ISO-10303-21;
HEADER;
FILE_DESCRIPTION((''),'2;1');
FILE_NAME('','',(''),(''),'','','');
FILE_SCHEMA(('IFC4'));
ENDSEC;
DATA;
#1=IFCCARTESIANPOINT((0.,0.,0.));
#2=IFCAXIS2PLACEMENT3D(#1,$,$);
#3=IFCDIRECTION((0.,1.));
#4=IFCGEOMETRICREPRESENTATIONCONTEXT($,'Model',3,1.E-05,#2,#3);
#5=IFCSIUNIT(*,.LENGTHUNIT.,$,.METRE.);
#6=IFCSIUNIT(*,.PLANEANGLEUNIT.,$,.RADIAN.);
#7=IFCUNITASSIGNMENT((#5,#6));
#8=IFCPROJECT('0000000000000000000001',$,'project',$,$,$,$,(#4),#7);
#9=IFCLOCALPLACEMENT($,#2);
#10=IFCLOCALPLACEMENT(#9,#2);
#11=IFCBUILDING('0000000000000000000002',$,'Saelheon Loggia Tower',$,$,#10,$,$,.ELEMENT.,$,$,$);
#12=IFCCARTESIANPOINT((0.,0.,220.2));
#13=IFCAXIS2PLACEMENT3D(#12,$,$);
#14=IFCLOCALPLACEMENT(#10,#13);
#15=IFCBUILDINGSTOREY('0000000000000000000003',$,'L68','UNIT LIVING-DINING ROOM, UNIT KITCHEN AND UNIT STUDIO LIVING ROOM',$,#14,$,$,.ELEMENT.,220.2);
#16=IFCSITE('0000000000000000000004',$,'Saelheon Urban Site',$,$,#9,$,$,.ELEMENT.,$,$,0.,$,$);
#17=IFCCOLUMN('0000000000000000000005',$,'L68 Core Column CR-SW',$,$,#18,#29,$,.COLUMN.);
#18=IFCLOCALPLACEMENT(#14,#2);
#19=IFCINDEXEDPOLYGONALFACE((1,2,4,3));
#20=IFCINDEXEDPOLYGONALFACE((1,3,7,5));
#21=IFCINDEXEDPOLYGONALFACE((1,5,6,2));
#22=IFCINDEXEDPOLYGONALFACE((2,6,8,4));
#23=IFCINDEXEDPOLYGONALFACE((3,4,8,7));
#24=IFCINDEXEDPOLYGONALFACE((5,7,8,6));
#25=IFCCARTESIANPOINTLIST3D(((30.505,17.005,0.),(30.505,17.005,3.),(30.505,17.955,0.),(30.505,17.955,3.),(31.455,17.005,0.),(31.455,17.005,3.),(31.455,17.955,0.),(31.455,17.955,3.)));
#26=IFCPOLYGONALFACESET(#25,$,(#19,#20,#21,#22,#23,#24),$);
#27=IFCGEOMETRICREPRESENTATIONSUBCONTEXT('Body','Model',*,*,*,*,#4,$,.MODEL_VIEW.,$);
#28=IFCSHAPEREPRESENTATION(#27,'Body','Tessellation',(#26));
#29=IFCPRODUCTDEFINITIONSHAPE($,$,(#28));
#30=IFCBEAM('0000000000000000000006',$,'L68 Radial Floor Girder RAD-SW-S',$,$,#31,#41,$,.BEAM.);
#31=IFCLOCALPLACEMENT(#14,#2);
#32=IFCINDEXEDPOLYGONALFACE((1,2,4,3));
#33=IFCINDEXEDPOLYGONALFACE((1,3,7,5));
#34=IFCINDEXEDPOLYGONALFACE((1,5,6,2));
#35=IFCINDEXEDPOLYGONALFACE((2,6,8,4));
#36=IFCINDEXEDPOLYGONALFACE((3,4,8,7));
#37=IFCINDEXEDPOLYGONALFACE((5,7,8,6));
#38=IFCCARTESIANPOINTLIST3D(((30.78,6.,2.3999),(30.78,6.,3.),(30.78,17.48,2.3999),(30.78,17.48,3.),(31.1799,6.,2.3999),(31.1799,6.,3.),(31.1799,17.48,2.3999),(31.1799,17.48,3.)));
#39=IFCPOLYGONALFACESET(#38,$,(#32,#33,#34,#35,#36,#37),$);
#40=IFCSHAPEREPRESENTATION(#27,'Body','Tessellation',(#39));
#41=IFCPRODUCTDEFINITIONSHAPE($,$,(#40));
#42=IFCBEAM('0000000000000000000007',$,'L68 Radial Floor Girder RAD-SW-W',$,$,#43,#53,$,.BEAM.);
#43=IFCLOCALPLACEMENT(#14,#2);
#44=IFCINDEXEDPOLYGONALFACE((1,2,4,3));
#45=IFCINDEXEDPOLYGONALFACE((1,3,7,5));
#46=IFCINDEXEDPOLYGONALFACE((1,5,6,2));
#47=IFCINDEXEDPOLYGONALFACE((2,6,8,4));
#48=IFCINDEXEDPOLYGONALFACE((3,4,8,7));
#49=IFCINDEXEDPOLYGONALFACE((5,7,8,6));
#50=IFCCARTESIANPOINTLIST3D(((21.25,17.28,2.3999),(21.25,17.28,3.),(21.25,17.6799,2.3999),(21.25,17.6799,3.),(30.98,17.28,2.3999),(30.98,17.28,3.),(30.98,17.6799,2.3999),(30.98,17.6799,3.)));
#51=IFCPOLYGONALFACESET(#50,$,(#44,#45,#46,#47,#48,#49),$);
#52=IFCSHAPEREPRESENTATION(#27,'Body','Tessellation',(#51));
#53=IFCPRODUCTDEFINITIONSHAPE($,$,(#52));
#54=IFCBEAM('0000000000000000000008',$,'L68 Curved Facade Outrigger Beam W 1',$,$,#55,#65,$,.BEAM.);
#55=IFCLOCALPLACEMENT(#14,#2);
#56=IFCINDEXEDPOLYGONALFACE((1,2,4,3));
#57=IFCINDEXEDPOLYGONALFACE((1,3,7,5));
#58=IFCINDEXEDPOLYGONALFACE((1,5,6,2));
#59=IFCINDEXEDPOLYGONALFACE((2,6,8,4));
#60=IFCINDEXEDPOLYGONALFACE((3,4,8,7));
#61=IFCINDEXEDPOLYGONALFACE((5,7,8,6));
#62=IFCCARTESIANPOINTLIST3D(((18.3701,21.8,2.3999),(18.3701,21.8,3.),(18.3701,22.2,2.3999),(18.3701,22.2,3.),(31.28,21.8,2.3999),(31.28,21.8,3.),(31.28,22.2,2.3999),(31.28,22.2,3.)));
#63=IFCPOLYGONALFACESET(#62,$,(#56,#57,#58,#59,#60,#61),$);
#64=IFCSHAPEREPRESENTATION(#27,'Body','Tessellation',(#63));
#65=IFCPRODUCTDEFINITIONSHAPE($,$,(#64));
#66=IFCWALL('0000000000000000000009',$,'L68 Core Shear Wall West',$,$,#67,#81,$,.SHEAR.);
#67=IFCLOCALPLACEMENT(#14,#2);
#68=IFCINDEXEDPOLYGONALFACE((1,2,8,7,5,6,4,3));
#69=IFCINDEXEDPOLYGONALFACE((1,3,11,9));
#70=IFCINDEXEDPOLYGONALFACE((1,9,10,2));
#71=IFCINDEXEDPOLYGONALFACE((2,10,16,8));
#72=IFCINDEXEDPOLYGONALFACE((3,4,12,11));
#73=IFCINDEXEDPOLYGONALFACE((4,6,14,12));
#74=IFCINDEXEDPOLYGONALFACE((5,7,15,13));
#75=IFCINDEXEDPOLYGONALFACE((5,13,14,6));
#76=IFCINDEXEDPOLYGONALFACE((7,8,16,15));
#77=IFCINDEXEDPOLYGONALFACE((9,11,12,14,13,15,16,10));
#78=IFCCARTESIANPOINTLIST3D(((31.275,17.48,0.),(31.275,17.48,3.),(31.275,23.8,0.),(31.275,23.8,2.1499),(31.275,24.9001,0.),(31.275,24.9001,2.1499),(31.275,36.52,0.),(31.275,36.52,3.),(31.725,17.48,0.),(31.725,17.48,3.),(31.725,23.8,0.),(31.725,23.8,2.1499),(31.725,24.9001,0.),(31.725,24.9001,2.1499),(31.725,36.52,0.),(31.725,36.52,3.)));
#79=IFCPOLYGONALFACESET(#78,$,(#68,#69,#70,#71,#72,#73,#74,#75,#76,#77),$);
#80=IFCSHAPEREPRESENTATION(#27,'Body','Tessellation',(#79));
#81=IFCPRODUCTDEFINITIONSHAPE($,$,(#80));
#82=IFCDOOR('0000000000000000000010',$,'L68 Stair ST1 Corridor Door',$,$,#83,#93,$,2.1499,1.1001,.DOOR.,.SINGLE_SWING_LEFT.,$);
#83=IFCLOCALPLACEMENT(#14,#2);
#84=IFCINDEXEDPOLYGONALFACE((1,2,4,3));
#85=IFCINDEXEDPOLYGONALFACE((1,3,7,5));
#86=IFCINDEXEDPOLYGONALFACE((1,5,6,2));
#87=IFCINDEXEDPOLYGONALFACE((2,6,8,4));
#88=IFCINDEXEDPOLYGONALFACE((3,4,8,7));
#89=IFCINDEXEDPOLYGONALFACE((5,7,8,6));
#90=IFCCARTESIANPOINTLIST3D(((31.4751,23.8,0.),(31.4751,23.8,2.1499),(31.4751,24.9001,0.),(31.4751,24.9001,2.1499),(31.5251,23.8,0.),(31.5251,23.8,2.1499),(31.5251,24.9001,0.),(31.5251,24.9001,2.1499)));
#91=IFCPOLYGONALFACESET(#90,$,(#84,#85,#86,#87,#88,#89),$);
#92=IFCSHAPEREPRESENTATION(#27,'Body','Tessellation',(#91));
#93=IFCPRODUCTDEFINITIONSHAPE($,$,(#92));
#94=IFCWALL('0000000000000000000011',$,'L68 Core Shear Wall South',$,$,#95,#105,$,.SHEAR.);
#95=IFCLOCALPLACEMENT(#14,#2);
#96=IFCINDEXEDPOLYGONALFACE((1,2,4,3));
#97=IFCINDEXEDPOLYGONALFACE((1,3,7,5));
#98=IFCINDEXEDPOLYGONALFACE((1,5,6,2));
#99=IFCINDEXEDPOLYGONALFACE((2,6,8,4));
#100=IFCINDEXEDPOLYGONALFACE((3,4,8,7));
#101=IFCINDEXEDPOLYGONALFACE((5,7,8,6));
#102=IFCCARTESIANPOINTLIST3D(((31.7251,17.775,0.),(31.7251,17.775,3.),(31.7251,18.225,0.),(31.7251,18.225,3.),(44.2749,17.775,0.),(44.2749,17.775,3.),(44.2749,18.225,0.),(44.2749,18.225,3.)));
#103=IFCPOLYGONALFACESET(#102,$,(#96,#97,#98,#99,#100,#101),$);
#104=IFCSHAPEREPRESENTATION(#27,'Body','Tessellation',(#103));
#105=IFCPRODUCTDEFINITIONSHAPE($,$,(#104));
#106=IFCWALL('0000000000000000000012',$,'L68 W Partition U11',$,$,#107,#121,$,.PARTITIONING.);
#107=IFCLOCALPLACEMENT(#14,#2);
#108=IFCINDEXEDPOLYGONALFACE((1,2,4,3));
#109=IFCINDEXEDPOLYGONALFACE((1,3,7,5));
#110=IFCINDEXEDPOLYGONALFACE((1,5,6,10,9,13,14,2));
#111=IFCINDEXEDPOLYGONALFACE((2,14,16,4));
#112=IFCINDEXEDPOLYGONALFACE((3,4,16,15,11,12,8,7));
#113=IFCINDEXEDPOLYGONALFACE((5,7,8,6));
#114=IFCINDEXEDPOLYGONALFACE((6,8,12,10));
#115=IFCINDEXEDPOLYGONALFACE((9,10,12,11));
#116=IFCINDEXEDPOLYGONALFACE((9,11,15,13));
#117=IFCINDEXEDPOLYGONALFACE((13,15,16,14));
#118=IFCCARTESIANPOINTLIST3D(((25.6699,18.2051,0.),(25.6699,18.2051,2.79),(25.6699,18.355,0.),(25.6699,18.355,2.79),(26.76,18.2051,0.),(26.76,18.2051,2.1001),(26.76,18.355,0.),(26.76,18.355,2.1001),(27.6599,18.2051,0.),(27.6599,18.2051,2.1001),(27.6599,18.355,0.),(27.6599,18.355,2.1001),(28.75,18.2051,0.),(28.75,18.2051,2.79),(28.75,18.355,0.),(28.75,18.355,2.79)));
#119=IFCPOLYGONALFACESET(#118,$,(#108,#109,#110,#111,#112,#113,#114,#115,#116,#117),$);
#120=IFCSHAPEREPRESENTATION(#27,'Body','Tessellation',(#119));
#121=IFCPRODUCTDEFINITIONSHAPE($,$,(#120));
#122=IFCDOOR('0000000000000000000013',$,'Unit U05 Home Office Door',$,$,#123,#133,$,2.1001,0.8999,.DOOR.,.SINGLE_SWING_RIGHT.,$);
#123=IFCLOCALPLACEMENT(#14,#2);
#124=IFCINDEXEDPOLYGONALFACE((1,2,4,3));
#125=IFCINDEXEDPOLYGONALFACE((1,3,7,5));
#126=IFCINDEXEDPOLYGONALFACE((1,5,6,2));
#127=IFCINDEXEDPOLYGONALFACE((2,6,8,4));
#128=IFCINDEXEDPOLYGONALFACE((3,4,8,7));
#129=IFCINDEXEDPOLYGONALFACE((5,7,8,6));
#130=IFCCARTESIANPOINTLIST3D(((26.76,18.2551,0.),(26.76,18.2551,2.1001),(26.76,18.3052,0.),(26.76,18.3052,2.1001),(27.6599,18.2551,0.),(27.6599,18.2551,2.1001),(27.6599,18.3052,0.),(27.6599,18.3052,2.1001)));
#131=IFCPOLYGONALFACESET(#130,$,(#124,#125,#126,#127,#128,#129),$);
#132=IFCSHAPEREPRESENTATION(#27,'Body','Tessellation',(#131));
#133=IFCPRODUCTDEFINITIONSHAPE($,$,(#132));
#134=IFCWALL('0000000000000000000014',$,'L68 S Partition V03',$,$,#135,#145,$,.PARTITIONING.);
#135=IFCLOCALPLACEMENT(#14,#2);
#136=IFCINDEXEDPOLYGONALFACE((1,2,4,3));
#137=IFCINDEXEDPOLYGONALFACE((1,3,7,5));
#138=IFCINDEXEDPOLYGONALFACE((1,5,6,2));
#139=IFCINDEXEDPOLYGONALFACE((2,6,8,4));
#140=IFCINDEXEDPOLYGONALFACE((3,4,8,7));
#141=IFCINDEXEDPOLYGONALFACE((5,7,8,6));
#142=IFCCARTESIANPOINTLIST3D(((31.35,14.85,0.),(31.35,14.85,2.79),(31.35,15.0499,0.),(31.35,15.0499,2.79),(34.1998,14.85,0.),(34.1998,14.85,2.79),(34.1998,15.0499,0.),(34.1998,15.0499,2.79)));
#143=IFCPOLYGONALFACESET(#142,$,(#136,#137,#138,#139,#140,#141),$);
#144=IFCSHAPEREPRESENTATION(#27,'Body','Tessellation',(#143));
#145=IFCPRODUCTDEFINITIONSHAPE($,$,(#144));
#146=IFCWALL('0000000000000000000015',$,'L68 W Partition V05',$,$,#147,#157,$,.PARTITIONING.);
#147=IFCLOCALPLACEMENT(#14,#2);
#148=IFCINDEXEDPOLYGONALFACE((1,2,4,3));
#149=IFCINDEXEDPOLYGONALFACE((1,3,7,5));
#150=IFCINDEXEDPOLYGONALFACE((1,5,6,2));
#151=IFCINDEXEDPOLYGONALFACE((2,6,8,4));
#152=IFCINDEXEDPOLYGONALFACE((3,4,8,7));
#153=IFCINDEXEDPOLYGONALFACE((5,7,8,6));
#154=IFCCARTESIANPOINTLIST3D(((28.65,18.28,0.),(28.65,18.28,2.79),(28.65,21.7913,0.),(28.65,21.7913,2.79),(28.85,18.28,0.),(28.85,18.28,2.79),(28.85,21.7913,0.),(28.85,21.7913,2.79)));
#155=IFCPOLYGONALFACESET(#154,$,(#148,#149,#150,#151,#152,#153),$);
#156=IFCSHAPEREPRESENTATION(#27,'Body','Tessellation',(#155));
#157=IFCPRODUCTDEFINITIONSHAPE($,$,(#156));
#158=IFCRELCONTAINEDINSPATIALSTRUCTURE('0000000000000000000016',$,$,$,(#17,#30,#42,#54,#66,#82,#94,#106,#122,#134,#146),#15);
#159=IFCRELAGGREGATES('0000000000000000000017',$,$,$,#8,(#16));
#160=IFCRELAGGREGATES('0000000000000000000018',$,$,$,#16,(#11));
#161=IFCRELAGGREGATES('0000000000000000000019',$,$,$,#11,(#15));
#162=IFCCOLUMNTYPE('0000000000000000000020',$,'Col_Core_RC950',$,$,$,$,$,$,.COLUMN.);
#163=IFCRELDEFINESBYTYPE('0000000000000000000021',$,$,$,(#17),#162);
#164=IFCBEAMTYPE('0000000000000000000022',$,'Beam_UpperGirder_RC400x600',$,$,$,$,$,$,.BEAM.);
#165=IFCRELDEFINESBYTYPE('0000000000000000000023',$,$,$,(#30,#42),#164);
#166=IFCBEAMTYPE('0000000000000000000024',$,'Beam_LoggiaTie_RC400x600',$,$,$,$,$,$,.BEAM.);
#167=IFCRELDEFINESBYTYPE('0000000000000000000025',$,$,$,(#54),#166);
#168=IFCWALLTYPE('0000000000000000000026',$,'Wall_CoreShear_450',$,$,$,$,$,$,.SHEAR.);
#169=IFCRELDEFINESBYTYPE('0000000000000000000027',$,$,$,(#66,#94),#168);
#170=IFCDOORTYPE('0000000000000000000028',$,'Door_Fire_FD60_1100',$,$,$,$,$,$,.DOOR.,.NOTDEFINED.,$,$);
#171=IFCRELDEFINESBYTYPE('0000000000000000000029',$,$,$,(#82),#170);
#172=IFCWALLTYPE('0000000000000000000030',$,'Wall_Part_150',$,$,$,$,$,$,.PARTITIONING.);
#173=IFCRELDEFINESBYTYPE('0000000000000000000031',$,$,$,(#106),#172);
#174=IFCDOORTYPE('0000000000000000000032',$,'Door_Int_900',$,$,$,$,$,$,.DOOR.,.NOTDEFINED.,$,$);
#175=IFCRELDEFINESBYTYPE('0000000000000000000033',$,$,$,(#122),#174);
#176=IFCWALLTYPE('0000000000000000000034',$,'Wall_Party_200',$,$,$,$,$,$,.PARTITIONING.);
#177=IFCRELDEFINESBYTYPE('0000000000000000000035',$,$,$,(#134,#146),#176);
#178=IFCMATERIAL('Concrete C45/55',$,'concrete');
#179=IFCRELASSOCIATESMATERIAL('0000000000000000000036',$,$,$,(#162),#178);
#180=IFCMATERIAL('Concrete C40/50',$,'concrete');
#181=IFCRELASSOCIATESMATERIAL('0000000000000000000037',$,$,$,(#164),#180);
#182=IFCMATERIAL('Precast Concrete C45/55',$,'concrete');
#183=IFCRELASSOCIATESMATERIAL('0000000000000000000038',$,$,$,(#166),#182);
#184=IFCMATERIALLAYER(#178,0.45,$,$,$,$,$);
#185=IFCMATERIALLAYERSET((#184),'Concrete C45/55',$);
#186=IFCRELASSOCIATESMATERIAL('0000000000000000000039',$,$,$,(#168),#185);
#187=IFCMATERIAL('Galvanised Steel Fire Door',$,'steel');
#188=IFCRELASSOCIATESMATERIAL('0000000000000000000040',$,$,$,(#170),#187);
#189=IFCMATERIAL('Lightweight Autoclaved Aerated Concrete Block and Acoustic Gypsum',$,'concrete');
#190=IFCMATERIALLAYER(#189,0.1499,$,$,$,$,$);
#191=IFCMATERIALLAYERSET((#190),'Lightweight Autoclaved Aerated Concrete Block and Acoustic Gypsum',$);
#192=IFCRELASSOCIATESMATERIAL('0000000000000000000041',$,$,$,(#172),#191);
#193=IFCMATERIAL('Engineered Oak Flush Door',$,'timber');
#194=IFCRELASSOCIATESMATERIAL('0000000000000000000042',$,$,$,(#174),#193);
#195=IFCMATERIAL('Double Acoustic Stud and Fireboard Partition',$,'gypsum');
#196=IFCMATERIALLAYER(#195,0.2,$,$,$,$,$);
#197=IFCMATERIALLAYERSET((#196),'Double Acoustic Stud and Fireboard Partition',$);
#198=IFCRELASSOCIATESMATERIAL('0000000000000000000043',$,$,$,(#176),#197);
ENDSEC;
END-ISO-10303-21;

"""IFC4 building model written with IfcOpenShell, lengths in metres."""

from ifc_helpers import new_model, si_unit, direction, frame, frame_2d, origin, origin_2d, place, context, subcontext, project, spatial, rectangle, extrude, source, transform, mapped, material, layer, layer_set, material_profile, profile_set, type_object, element, fill, save


model = new_model("IFC4")

# Units and contexts
model_context = context("Model", 3, precision=1e-05, world=origin(), true_north=direction((0.0, 1.0)))
body_context = subcontext(model_context, "Body", "Model", "MODEL_VIEW")
ifc_project = project(units=[si_unit("LENGTHUNIT", "METRE"), si_unit("PLANEANGLEUNIT", "RADIAN")], contexts=[model_context])

# Site, building, storey
site_placement = place(None, origin())
site = spatial("IfcSite", under=ifc_project, at=site_placement, Name="Saelheon Urban Site", CompositionType="ELEMENT", RefElevation=0.0)
building_placement = place(site_placement, origin())
building = spatial("IfcBuilding", under=site, at=building_placement, Name="Saelheon Loggia Tower", CompositionType="ELEMENT")
storey_placement = place(building_placement, frame((0.0, 0.0, 220.2)))
storey = spatial("IfcBuildingStorey", under=building, at=storey_placement, Name="L68", Description="UNIT LIVING-DINING ROOM, UNIT KITCHEN AND UNIT STUDIO LIVING ROOM", CompositionType="ELEMENT", Elevation=220.2)

# Column
ifc_material_1 = material(Name="Concrete C45/55", Category="concrete")
ifc_material_profile_1 = material_profile(ifc_material_1, rectangle(XDim=0.95, YDim=0.95, at=origin_2d()), Name="RC-950x950")
ifc_profile_set_1 = profile_set([ifc_material_profile_1], Name="Concrete C45/55")
column_type = type_object("IfcColumnType", Name="Col_Core_RC950", PredefinedType="COLUMN", material=ifc_profile_set_1)
shared_shape_1 = source(origin(), body_context, "Body", "SweptSolid", [
    extrude(rectangle(XDim=0.95, YDim=0.95, at=origin_2d()), origin(), (0.0, 0.0, 1.0), 3.0),
])
column_placement = place(storey_placement, frame((30.98, 17.48, 0.0), z_axis=(0.0, 0.0, 1.0), x_axis=(1.0, 0.0, 0.0)))
element("IfcColumn", 1, at=column_placement, inside=storey, type_object=column_type, Name="L68 Core Column CR-SW", PredefinedType="COLUMN", context=body_context, shape_type="MappedRepresentation", body=[
    mapped(shared_shape_1, transform((0.0, 0.0, 0.0), scale=1.0)),
])

# Beams
ifc_material_2 = material(Name="Concrete C40/50", Category="concrete")
ifc_material_profile_2 = material_profile(ifc_material_2, rectangle(XDim=0.3999, YDim=0.6001, at=origin_2d()), Name="RC-400x600")
ifc_profile_set_2 = profile_set([ifc_material_profile_2], Name="Concrete C40/50")
beam_type_1 = type_object("IfcBeamType", Name="Beam_UpperGirder_RC400x600", PredefinedType="BEAM", material=ifc_profile_set_2)
shared_shape_2 = source(origin(), body_context, "Body", "SweptSolid", [
    extrude(rectangle(XDim=0.3999, YDim=0.6001, at=origin_2d()), origin(), (0.0, 0.0, 1.0), 11.48),
])
beam_1_placement = place(storey_placement, frame((30.98, 17.48, 2.7), z_axis=(0.0, -1.0, 0.0), x_axis=(1.0, 0.0, 0.0)))
element("IfcBeam", 2, at=beam_1_placement, inside=storey, type_object=beam_type_1, Name="L68 Radial Floor Girder RAD-SW-S", PredefinedType="BEAM", context=body_context, shape_type="MappedRepresentation", body=[
    mapped(shared_shape_2, transform((0.0, 0.0, 0.0), scale=1.0)),
])
shared_shape_3 = source(origin(), body_context, "Body", "SweptSolid", [
    extrude(rectangle(XDim=0.3999, YDim=0.6001, at=origin_2d()), origin(), (0.0, 0.0, 1.0), 9.73),
])
beam_2_placement = place(storey_placement, frame((30.98, 17.48, 2.7), z_axis=(-1.0, 0.0, 0.0), x_axis=(0.0, -1.0, 0.0)))
element("IfcBeam", 3, at=beam_2_placement, inside=storey, type_object=beam_type_1, Name="L68 Radial Floor Girder RAD-SW-W", PredefinedType="BEAM", context=body_context, shape_type="MappedRepresentation", body=[
    mapped(shared_shape_3, transform((0.0, 0.0, 0.0), scale=1.0)),
])
ifc_material_3 = material(Name="Precast Concrete C45/55", Category="concrete")
ifc_material_profile_3 = material_profile(ifc_material_3, rectangle(XDim=0.3999, YDim=0.6001, at=origin_2d()), Name="RC-400x600")
ifc_profile_set_3 = profile_set([ifc_material_profile_3], Name="Precast Concrete C45/55")
beam_type_2 = type_object("IfcBeamType", Name="Beam_LoggiaTie_RC400x600", PredefinedType="BEAM", material=ifc_profile_set_3)
shared_shape_4 = source(origin(), body_context, "Body", "SweptSolid", [
    extrude(rectangle(XDim=0.3999, YDim=0.6001, at=origin_2d()), origin(), (0.0, 0.0, 1.0), 12.9099),
])
beam_3_placement = place(storey_placement, frame((31.28, 22.0, 2.7), z_axis=(-1.0, 0.0, 0.0), x_axis=(0.0, -1.0, 0.0)))
element("IfcBeam", 4, at=beam_3_placement, inside=storey, type_object=beam_type_2, Name="L68 Curved Facade Outrigger Beam W 1", PredefinedType="BEAM", context=body_context, shape_type="MappedRepresentation", body=[
    mapped(shared_shape_4, transform((0.0, 0.0, 0.0), scale=1.0)),
])

# Wall, opening, door
ifc_layer_1 = layer(ifc_material_1, 0.45)
ifc_layer_set_1 = layer_set([ifc_layer_1], Name="Concrete C45/55")
wall_type_1 = type_object("IfcWallType", Name="Wall_CoreShear_450", PredefinedType="SHEAR", material=ifc_layer_set_1)
wall_1_placement = place(storey_placement, frame((31.5, 17.48, 0.0), z_axis=(0.0, 0.0, 1.0), x_axis=(0.0, 1.0, 0.0)))
wall_1 = element("IfcWall", 5, at=wall_1_placement, inside=storey, type_object=wall_type_1, Name="L68 Core Shear Wall West", PredefinedType="SHEAR", context=body_context, shape_type="SweptSolid", body=[
    extrude(rectangle(XDim=19.04, YDim=0.45, at=frame_2d((9.52, 0.0))), origin(), (0.0, 0.0, 1.0), 3.0),
])
opening_1_placement = place(wall_1_placement, frame((6.3201, 0.0, 0.0)))
opening_1 = element("IfcOpeningElement", 6, at=opening_1_placement, cuts=wall_1, PredefinedType="OPENING", context=body_context, shape_type="SweptSolid", body=[
    extrude(rectangle(XDim=1.1001, YDim=2.1499, at=frame_2d((0.55, 1.075))), frame((0.0, 0.2371, 0.0), z_axis=(0.0, -1.0, 0.0), x_axis=(1.0, 0.0, 0.0)), (0.0, 0.0, 1.0), 0.4739),
])
ifc_material_4 = material(Name="Galvanised Steel Fire Door", Category="steel")
door_type_1 = type_object("IfcDoorType", Name="Door_Fire_FD60_1100", OperationType="NOTDEFINED", PredefinedType="DOOR", material=ifc_material_4)
shared_shape_5 = source(origin(), body_context, "Body", "SweptSolid", [
    extrude(rectangle(XDim=1.1001, YDim=2.1499, at=frame_2d((0.55, 1.075))), frame((0.0, 0.0249, 0.0), z_axis=(0.0, -1.0, 0.0), x_axis=(1.0, 0.0, 0.0)), (0.0, 0.0, 1.0), 0.05),
])
door_1_placement = place(opening_1_placement, origin())
door_1 = element("IfcDoor", 7, at=door_1_placement, inside=storey, type_object=door_type_1, Name="L68 Stair ST1 Corridor Door", OperationType="SINGLE_SWING_LEFT", OverallHeight=2.1499, OverallWidth=1.1001, PredefinedType="DOOR", context=body_context, shape_type="MappedRepresentation", body=[
    mapped(shared_shape_5, transform((0.0, 0.0, 0.0), scale=1.0)),
])
fill(opening_1, door_1)

# Wall
wall_2_placement = place(storey_placement, frame((31.7251, 18.0, 0.0), z_axis=(0.0, 0.0, 1.0), x_axis=(1.0, 0.0, 0.0)))
element("IfcWall", 8, at=wall_2_placement, inside=storey, type_object=wall_type_1, Name="L68 Core Shear Wall South", PredefinedType="SHEAR", context=body_context, shape_type="SweptSolid", body=[
    extrude(rectangle(XDim=12.5498, YDim=0.45, at=frame_2d((6.2749, 0.0))), origin(), (0.0, 0.0, 1.0), 3.0),
])

# Wall, opening, door
ifc_material_5 = material(Name="Lightweight Autoclaved Aerated Concrete Block and Acoustic Gypsum", Category="concrete")
ifc_layer_2 = layer(ifc_material_5, 0.1499)
ifc_layer_set_2 = layer_set([ifc_layer_2], Name="Lightweight Autoclaved Aerated Concrete Block and Acoustic Gypsum")
wall_type_2 = type_object("IfcWallType", Name="Wall_Part_150", PredefinedType="PARTITIONING", material=ifc_layer_set_2)
wall_3_placement = place(storey_placement, frame((28.75, 18.28, 0.0), z_axis=(0.0, 0.0, 1.0), x_axis=(-1.0, 0.0, 0.0)))
wall_3 = element("IfcWall", 9, at=wall_3_placement, inside=storey, type_object=wall_type_2, Name="L68 W Partition U11", PredefinedType="PARTITIONING", context=body_context, shape_type="SweptSolid", body=[
    extrude(rectangle(XDim=3.0801, YDim=0.1499, at=frame_2d((1.54, 0.0))), origin(), (0.0, 0.0, 1.0), 2.79),
])
opening_2_placement = place(wall_3_placement, frame((1.0901, 0.0, 0.0)))
opening_2 = element("IfcOpeningElement", 10, at=opening_2_placement, cuts=wall_3, PredefinedType="OPENING", context=body_context, shape_type="SweptSolid", body=[
    extrude(rectangle(XDim=0.8999, YDim=2.1001, at=frame_2d((0.45, 1.05))), frame((0.0, 0.0869, 0.0), z_axis=(0.0, -1.0, 0.0), x_axis=(1.0, 0.0, 0.0)), (0.0, 0.0, 1.0), 0.1738),
])
ifc_material_6 = material(Name="Engineered Oak Flush Door", Category="timber")
door_type_2 = type_object("IfcDoorType", Name="Door_Int_900", OperationType="NOTDEFINED", PredefinedType="DOOR", material=ifc_material_6)
shared_shape_6 = source(origin(), body_context, "Body", "SweptSolid", [
    extrude(rectangle(XDim=0.8999, YDim=2.1001, at=frame_2d((0.45, 1.05))), frame((0.0, 0.0249, 0.0), z_axis=(0.0, -1.0, 0.0), x_axis=(1.0, 0.0, 0.0)), (0.0, 0.0, 1.0), 0.05),
])
door_2_placement = place(opening_2_placement, origin())
door_2 = element("IfcDoor", 11, at=door_2_placement, inside=storey, type_object=door_type_2, Name="Unit U05 Home Office Door", OperationType="SINGLE_SWING_RIGHT", OverallHeight=2.1001, OverallWidth=0.8999, PredefinedType="DOOR", context=body_context, shape_type="MappedRepresentation", body=[
    mapped(shared_shape_6, transform((0.0, 0.0, 0.0), scale=1.0)),
])
fill(opening_2, door_2)

# Wall
ifc_material_7 = material(Name="Double Acoustic Stud and Fireboard Partition", Category="gypsum")
ifc_layer_3 = layer(ifc_material_7, 0.2)
ifc_layer_set_3 = layer_set([ifc_layer_3], Name="Double Acoustic Stud and Fireboard Partition")
wall_type_3 = type_object("IfcWallType", Name="Wall_Party_200", PredefinedType="PARTITIONING", material=ifc_layer_set_3)
wall_4_placement = place(storey_placement, frame((31.3501, 14.95, 0.0), z_axis=(0.0, 0.0, 1.0), x_axis=(1.0, 0.0, 0.0)))
element("IfcWall", 12, at=wall_4_placement, inside=storey, type_object=wall_type_3, Name="L68 S Partition V03", PredefinedType="PARTITIONING", context=body_context, shape_type="SweptSolid", body=[
    extrude(rectangle(XDim=2.8499, YDim=0.2, at=frame_2d((1.4248, 0.0))), origin(), (0.0, 0.0, 1.0), 2.79),
])

# Wall
wall_5_placement = place(storey_placement, frame((28.75, 18.28, 0.0), z_axis=(0.0, 0.0, 1.0), x_axis=(0.0, 1.0, 0.0)))
element("IfcWall", 13, at=wall_5_placement, inside=storey, type_object=wall_type_3, Name="L68 W Partition V05", PredefinedType="PARTITIONING", context=body_context, shape_type="SweptSolid", body=[
    extrude(rectangle(XDim=3.5112, YDim=0.2, at=frame_2d((1.7556, 0.0))), origin(), (0.0, 0.0, 1.0), 2.79),
])

save(model, "model.ifc")
